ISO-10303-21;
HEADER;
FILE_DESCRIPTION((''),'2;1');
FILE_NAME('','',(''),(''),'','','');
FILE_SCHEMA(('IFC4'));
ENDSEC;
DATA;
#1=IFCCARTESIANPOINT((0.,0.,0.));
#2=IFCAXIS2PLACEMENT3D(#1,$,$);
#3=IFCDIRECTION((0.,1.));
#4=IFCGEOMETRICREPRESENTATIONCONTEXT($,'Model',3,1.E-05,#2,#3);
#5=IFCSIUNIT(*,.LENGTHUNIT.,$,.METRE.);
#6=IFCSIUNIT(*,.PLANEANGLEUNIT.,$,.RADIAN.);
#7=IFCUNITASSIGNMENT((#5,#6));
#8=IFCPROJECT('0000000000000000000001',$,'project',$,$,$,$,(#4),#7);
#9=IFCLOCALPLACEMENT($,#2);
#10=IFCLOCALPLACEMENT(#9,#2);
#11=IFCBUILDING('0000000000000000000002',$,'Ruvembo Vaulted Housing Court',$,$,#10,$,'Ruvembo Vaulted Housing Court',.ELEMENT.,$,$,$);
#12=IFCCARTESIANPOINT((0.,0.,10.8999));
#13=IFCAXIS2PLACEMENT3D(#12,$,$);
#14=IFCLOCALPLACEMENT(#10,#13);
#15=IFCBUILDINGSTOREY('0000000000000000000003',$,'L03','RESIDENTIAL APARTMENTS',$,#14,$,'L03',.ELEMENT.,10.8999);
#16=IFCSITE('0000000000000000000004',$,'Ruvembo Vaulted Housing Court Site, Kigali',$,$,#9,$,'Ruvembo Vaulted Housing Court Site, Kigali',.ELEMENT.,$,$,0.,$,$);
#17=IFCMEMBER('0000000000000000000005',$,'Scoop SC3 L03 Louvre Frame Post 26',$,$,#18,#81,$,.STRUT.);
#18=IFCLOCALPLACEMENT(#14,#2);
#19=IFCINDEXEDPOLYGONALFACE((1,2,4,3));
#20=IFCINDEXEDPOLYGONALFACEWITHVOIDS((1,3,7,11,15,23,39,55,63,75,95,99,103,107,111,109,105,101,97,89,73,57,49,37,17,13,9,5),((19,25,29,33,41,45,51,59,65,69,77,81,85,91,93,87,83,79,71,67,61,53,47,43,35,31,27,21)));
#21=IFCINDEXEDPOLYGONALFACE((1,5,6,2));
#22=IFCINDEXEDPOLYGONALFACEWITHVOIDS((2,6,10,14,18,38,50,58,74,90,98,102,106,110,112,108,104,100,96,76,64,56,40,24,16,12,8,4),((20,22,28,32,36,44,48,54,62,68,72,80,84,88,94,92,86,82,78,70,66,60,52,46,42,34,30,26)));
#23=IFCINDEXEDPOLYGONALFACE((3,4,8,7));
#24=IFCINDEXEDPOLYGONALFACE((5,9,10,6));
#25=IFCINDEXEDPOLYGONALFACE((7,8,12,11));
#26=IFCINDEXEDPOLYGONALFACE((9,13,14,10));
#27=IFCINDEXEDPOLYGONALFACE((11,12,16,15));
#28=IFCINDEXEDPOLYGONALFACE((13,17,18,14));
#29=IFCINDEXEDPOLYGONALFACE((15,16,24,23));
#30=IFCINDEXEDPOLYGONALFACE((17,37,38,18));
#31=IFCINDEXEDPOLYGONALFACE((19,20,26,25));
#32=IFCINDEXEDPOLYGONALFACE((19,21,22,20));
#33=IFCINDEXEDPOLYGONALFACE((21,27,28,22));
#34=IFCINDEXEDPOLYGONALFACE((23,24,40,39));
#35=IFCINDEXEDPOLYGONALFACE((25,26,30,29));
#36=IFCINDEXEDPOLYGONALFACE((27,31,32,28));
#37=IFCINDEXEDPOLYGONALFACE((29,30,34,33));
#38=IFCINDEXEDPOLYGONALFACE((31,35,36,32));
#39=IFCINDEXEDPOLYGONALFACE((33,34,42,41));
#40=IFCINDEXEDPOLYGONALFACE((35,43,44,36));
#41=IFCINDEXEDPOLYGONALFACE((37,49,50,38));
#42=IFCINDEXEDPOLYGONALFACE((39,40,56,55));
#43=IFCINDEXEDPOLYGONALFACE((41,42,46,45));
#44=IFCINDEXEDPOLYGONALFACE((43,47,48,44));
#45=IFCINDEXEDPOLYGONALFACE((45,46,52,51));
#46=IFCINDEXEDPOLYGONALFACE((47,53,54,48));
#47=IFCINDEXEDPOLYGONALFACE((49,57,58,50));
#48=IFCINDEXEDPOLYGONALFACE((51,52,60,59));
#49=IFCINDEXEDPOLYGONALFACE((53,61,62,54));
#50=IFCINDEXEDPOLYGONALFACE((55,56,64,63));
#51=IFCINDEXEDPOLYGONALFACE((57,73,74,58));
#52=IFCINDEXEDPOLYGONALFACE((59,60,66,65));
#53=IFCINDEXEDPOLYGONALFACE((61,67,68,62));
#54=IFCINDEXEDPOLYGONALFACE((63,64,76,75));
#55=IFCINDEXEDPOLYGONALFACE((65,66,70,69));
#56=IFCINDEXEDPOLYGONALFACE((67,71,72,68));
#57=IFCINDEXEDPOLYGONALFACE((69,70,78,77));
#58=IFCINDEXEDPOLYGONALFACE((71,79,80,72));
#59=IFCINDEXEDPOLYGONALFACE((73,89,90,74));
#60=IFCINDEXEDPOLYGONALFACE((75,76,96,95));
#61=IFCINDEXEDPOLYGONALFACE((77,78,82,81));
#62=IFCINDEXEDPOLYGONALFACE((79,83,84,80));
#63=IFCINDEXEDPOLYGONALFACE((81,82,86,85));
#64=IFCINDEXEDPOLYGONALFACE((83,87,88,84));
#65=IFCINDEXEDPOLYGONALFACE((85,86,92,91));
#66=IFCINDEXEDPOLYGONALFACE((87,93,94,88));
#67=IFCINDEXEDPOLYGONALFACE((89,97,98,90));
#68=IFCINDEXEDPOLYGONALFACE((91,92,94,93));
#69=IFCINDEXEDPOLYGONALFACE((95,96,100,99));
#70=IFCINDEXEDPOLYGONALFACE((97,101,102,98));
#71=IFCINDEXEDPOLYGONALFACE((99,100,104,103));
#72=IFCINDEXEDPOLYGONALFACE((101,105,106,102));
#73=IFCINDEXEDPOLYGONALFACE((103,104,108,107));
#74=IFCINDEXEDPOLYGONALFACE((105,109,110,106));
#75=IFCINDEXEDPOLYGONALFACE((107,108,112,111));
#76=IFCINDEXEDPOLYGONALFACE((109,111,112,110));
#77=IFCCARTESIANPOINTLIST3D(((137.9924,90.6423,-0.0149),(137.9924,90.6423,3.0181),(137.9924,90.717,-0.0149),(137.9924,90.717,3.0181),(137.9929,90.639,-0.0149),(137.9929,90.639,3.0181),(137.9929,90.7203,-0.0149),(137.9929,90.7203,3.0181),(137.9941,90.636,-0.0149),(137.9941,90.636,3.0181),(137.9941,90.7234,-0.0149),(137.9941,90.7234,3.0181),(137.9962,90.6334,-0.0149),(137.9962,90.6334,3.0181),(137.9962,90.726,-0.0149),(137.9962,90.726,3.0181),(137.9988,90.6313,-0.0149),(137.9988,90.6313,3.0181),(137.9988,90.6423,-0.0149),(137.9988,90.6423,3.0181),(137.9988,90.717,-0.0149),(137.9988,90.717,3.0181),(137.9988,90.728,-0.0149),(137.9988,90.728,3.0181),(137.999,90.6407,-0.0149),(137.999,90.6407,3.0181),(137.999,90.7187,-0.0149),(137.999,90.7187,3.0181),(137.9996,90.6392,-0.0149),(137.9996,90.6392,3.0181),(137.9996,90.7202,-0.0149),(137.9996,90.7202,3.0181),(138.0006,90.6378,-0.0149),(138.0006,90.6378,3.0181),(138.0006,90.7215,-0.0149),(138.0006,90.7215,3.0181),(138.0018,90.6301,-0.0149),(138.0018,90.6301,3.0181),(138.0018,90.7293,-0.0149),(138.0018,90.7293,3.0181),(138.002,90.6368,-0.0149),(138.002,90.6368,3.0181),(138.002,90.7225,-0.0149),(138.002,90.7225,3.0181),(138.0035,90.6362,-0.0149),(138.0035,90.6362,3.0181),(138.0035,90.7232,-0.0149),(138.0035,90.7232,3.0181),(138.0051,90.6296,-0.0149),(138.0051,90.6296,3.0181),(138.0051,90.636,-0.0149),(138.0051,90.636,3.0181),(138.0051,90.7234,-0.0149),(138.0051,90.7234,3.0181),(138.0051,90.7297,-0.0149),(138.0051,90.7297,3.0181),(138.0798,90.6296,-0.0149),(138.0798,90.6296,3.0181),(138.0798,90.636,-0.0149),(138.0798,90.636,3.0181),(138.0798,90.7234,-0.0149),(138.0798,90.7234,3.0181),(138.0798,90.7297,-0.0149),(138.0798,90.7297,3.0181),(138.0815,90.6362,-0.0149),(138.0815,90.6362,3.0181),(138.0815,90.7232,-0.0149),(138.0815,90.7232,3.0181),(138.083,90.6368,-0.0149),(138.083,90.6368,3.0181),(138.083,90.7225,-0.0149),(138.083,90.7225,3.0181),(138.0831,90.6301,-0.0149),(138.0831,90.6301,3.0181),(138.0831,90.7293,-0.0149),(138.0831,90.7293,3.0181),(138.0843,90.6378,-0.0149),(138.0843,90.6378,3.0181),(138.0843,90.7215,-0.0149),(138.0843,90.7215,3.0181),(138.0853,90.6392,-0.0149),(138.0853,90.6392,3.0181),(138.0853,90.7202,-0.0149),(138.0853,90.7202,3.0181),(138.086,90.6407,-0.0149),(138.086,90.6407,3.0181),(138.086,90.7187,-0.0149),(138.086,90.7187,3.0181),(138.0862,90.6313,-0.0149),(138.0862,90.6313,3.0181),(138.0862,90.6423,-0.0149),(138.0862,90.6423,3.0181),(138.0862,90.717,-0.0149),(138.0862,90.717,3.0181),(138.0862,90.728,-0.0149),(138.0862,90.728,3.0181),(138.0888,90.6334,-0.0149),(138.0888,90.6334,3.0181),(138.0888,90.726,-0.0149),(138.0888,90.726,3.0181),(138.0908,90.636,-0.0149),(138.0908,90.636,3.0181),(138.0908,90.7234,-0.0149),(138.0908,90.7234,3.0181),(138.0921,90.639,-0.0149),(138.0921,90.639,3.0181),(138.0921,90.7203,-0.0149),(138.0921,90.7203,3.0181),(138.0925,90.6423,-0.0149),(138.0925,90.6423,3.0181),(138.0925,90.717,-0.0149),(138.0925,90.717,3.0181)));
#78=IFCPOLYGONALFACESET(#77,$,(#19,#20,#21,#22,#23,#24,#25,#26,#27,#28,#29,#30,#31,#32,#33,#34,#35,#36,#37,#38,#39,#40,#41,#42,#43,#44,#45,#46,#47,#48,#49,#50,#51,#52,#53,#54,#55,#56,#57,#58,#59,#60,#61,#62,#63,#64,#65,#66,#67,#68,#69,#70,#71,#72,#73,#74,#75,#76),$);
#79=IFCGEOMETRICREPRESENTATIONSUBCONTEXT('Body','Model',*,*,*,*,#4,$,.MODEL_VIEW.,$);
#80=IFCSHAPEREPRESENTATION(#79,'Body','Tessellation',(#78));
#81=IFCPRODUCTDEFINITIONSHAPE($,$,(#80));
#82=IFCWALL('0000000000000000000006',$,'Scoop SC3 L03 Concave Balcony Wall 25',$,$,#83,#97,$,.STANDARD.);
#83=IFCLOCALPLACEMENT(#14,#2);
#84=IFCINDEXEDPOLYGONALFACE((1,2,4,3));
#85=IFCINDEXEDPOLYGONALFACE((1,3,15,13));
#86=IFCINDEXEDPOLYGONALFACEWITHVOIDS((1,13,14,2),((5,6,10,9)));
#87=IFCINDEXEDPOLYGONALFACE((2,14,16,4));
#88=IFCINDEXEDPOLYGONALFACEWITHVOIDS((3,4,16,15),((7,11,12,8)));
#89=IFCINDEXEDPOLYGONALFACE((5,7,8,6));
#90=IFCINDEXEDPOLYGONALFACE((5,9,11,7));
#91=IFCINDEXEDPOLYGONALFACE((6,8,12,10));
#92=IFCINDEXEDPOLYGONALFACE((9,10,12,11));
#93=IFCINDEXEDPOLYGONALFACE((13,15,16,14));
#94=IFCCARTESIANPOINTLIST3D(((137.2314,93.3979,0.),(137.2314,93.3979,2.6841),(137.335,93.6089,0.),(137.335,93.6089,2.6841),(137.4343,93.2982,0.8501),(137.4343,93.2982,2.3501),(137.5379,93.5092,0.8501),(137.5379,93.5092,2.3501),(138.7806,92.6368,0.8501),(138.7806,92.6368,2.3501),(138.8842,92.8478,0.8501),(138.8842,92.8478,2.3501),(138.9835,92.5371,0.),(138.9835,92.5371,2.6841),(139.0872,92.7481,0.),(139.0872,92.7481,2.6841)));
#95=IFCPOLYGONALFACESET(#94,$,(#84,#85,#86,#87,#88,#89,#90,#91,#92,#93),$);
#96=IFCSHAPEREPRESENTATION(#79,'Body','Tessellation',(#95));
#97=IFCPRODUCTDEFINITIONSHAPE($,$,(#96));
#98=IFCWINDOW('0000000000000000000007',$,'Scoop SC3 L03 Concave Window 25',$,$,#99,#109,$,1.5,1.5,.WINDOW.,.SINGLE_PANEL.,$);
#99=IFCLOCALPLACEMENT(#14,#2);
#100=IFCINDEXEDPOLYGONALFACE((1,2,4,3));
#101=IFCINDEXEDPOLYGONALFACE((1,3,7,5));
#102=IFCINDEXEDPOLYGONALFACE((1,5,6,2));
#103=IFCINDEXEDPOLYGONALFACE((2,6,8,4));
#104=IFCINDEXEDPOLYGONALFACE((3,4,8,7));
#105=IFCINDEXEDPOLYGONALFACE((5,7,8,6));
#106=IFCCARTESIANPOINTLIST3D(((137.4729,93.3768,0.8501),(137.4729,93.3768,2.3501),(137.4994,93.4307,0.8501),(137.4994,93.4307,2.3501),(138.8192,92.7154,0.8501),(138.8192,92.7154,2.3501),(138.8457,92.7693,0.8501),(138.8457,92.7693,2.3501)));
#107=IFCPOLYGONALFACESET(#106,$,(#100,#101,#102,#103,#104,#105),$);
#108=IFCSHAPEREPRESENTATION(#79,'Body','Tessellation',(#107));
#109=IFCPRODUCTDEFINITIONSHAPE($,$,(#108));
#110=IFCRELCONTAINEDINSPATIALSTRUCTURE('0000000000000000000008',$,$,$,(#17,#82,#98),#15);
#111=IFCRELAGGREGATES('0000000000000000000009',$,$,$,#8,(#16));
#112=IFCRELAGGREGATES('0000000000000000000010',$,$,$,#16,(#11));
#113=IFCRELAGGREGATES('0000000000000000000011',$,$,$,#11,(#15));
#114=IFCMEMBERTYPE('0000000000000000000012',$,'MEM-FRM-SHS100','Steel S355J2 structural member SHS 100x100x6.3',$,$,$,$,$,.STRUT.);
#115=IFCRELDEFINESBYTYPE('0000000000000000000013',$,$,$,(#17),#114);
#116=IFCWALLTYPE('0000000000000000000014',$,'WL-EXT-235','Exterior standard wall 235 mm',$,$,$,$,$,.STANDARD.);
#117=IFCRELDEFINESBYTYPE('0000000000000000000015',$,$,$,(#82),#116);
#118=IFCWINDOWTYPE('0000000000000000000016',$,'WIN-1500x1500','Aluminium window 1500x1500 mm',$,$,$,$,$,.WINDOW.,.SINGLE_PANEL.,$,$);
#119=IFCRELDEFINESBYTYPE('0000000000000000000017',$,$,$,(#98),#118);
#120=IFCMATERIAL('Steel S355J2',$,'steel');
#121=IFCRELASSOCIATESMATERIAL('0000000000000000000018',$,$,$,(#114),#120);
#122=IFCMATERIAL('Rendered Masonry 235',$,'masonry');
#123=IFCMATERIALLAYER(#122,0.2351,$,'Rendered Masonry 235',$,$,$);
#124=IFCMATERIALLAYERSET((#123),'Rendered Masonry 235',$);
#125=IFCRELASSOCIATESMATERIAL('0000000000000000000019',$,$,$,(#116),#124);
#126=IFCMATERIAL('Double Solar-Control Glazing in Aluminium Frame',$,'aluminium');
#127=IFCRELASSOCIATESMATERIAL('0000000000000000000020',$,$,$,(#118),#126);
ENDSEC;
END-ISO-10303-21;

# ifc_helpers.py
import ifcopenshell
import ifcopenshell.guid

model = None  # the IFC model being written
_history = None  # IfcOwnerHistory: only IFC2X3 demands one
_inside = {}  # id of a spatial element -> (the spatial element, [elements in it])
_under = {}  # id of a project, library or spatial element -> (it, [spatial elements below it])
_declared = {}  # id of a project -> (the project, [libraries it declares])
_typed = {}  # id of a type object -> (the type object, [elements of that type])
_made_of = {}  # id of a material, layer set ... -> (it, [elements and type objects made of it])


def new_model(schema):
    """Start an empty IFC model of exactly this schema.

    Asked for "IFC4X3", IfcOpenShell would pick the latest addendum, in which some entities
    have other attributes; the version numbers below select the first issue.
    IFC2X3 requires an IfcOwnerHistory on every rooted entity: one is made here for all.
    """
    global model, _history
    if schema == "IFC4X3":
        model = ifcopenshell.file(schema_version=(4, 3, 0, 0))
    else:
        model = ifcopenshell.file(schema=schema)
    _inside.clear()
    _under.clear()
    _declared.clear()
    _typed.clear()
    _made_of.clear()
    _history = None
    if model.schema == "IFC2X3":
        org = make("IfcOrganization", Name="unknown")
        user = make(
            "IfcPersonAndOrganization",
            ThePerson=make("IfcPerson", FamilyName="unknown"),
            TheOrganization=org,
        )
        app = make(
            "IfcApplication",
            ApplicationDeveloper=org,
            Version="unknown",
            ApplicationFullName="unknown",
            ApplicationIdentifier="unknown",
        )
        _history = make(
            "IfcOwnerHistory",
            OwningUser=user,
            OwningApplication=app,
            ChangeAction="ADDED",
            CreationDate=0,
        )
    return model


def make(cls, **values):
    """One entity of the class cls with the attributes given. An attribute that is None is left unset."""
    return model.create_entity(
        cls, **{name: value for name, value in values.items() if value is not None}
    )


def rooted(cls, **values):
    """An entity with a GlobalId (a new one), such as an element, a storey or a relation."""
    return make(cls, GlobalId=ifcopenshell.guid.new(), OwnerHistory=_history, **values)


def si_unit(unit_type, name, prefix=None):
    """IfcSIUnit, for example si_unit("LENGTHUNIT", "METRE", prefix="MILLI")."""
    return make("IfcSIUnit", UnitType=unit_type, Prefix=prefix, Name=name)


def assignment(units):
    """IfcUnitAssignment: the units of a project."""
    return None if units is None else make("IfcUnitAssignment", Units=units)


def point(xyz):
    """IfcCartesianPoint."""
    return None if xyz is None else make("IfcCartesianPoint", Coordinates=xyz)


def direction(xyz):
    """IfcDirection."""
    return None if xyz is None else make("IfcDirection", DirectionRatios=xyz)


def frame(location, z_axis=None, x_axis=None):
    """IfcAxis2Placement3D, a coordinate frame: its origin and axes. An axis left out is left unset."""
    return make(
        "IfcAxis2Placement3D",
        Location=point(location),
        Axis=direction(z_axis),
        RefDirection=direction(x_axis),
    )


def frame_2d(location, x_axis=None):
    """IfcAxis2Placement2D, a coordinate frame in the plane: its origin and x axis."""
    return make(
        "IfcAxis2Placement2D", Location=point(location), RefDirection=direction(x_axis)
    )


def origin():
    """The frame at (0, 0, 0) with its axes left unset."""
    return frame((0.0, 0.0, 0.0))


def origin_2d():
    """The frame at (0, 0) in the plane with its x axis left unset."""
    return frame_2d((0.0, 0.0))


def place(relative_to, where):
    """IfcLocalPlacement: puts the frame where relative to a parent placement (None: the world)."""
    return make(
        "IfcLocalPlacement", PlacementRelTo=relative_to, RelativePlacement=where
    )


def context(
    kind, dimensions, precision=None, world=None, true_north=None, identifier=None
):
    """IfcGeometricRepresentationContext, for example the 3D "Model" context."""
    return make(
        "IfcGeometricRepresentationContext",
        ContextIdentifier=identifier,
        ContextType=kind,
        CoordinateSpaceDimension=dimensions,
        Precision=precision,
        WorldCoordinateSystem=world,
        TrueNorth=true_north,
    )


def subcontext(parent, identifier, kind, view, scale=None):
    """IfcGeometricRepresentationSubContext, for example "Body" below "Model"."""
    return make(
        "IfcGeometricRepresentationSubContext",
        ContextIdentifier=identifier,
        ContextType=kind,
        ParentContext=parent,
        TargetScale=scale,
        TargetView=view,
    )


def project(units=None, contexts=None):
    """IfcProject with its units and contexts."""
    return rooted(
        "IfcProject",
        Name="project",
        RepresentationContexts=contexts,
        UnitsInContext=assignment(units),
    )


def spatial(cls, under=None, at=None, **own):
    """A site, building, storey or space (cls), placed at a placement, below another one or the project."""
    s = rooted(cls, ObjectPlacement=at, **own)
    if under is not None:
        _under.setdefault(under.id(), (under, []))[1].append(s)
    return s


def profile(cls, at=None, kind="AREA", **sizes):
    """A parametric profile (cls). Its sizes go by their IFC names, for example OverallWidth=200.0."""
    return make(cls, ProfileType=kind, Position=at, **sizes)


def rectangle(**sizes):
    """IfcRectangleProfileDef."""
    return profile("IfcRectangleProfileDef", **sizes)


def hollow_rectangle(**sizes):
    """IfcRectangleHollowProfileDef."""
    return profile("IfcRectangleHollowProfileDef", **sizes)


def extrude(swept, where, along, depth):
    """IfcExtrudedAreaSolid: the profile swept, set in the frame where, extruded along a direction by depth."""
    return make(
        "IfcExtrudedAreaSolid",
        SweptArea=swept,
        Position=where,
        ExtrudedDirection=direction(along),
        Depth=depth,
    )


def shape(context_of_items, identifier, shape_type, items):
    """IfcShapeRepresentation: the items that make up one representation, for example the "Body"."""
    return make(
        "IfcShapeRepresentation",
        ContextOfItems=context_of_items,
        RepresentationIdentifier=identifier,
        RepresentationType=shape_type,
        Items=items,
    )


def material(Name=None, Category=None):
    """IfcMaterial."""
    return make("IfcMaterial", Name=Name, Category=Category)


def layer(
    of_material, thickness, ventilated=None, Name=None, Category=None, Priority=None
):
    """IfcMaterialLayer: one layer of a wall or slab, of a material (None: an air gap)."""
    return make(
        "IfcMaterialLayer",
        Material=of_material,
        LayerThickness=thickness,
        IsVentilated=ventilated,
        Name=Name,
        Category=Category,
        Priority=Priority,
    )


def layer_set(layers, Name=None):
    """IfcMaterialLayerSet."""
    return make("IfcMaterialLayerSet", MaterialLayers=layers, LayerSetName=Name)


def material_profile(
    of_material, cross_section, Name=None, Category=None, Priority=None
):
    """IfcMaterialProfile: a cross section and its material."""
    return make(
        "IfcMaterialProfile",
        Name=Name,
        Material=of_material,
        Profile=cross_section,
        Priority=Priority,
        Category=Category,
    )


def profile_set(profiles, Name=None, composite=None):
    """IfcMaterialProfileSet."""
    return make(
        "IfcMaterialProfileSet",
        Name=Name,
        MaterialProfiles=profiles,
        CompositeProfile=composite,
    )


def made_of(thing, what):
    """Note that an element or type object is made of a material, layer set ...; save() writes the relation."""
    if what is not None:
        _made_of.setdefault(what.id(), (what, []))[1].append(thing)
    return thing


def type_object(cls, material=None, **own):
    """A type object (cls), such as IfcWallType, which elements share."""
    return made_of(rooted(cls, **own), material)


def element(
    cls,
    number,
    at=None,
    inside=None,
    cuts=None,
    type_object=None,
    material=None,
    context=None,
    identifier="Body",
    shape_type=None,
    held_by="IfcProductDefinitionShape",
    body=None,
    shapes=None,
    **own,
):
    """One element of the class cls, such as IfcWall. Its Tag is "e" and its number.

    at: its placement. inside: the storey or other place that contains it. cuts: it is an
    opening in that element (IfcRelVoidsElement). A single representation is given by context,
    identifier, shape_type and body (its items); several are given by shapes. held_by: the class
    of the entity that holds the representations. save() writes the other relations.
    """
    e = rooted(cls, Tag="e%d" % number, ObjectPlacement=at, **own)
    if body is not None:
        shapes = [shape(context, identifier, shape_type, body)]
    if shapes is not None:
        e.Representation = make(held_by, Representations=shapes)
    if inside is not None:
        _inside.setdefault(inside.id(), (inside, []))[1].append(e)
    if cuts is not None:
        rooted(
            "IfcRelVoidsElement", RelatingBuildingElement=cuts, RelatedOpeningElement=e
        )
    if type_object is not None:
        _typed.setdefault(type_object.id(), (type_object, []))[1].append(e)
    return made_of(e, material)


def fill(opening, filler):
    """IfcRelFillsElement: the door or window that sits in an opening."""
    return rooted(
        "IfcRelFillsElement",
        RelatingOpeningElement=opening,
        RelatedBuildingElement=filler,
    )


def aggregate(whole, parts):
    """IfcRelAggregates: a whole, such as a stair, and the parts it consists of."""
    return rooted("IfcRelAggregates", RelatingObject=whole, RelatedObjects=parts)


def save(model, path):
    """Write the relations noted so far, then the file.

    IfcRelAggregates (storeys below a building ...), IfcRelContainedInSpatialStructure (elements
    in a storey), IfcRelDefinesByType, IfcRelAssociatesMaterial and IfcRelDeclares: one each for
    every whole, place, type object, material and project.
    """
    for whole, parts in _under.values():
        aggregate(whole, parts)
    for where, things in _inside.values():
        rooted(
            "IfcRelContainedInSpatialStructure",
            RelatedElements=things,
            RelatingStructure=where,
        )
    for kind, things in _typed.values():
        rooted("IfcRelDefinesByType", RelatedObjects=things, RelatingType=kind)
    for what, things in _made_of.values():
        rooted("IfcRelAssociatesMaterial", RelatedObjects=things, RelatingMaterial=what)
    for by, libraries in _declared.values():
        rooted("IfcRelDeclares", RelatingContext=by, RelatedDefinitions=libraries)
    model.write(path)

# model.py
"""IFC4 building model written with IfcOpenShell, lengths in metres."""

from ifc_helpers import new_model, si_unit, direction, frame, frame_2d, origin, origin_2d, place, context, subcontext, project, spatial, rectangle, hollow_rectangle, extrude, material, layer, layer_set, material_profile, profile_set, type_object, element, fill, save


model = new_model("IFC4")

# Units and contexts
model_context = context("Model", 3, precision=1e-05, world=origin(), true_north=direction((0.0, 1.0)))
body_context = subcontext(model_context, "Body", "Model", "MODEL_VIEW")
ifc_project = project(units=[si_unit("LENGTHUNIT", "METRE"), si_unit("PLANEANGLEUNIT", "RADIAN")], contexts=[model_context])

# Site, building, storey
site_placement = place(None, origin())
site = spatial("IfcSite", under=ifc_project, at=site_placement, Name="Ruvembo Vaulted Housing Court Site, Kigali", LongName="Ruvembo Vaulted Housing Court Site, Kigali", CompositionType="ELEMENT", RefElevation=0.0)
building_placement = place(site_placement, origin())
building = spatial("IfcBuilding", under=site, at=building_placement, Name="Ruvembo Vaulted Housing Court", LongName="Ruvembo Vaulted Housing Court", CompositionType="ELEMENT")
storey_placement = place(building_placement, frame((0.0, 0.0, 10.8999)))
storey = spatial("IfcBuildingStorey", under=building, at=storey_placement, Name="L03", Description="RESIDENTIAL APARTMENTS", LongName="L03", CompositionType="ELEMENT", Elevation=10.8999)

# Shared definitions
ifc_material_1 = material(Name="Steel S355J2", Category="steel")

# Member
ifc_material_profile_1 = material_profile(ifc_material_1, hollow_rectangle(XDim=0.1001, YDim=0.1001, WallThickness=0.0063, InnerFilletRadius=0.0063, OuterFilletRadius=0.0127, at=origin_2d()), Name="SHS 100x100x6.3")
ifc_profile_set_1 = profile_set([ifc_material_profile_1], Name="Steel S355J2")
member_type_1 = type_object("IfcMemberType", Name="MEM-FRM-SHS100", Description="Steel S355J2 structural member SHS 100x100x6.3", PredefinedType="STRUT", material=ifc_profile_set_1)
for number, where, z_axis, x_axis, name in (
    (1, (138.0425, 90.6797, -0.0149), (0.0, 0.0, 1.0), (1.0, 0.0, 0.0), "Scoop SC3 L03 Louvre Frame Post 26"),
):
    element("IfcMember", number, at=place(storey_placement, frame(where, z_axis=z_axis, x_axis=x_axis)), inside=storey, type_object=member_type_1, Name=name, PredefinedType="STRUT", context=body_context, shape_type="SweptSolid", body=[
        extrude(hollow_rectangle(XDim=0.1001, YDim=0.1001, WallThickness=0.0063, InnerFilletRadius=0.0063, OuterFilletRadius=0.0127, at=origin_2d()), origin(), (0.0, 0.0, 1.0), 3.033),
    ])

# Wall, opening, window
ifc_material_2 = material(Name="Rendered Masonry 235", Category="masonry")
ifc_layer_1 = layer(ifc_material_2, 0.2351, Name="Rendered Masonry 235")
ifc_layer_set_1 = layer_set([ifc_layer_1], Name="Rendered Masonry 235")
wall_type = type_object("IfcWallType", Name="WL-EXT-235", Description="Exterior standard wall 235 mm", PredefinedType="STANDARD", material=ifc_layer_set_1)
wall_placement = place(storey_placement, frame((137.2832, 93.5034, 0.0), z_axis=(0.0, 0.0, 1.0), x_axis=(0.897532, -0.44095, 0.0)))
wall = element("IfcWall", 2, at=wall_placement, inside=storey, type_object=wall_type, Name="Scoop SC3 L03 Concave Balcony Wall 25", PredefinedType="STANDARD", context=body_context, shape_type="SweptSolid", body=[
    extrude(rectangle(XDim=1.9521, YDim=0.2351, at=frame_2d((0.9761, 0.0))), origin(), (0.0, 0.0, 1.0), 2.6841),
])
opening_placement = place(wall_placement, frame((0.2261, 0.0, 0.8501)))
opening = element("IfcOpeningElement", 3, at=opening_placement, cuts=wall, PredefinedType="OPENING", context=body_context, shape_type="SweptSolid", body=[
    extrude(rectangle(XDim=1.5, YDim=1.5, at=frame_2d((0.75, 0.75))), frame((0.0, 0.1274, 0.0), z_axis=(0.0, -1.0, 0.0), x_axis=(1.0, 0.0, 0.0)), (0.0, 0.0, 1.0), 0.2551),
])
ifc_material_3 = material(Name="Double Solar-Control Glazing in Aluminium Frame", Category="aluminium")
window_type = type_object("IfcWindowType", Name="WIN-1500x1500", Description="Aluminium window 1500x1500 mm", PartitioningType="SINGLE_PANEL", PredefinedType="WINDOW", material=ifc_material_3)
window_placement = place(opening_placement, origin())
window = element("IfcWindow", 4, at=window_placement, inside=storey, type_object=window_type, Name="Scoop SC3 L03 Concave Window 25", OverallHeight=1.5, OverallWidth=1.5, PartitioningType="SINGLE_PANEL", PredefinedType="WINDOW", context=body_context, shape_type="SweptSolid", body=[
    extrude(rectangle(XDim=1.5, YDim=1.5, at=frame_2d((0.75, 0.75))), frame((0.0, 0.03, 0.0), z_axis=(0.0, -1.0, 0.0), x_axis=(1.0, 0.0, 0.0)), (0.0, 0.0, 1.0), 0.0601),
])
fill(opening, window)

save(model, "model.ifc")
